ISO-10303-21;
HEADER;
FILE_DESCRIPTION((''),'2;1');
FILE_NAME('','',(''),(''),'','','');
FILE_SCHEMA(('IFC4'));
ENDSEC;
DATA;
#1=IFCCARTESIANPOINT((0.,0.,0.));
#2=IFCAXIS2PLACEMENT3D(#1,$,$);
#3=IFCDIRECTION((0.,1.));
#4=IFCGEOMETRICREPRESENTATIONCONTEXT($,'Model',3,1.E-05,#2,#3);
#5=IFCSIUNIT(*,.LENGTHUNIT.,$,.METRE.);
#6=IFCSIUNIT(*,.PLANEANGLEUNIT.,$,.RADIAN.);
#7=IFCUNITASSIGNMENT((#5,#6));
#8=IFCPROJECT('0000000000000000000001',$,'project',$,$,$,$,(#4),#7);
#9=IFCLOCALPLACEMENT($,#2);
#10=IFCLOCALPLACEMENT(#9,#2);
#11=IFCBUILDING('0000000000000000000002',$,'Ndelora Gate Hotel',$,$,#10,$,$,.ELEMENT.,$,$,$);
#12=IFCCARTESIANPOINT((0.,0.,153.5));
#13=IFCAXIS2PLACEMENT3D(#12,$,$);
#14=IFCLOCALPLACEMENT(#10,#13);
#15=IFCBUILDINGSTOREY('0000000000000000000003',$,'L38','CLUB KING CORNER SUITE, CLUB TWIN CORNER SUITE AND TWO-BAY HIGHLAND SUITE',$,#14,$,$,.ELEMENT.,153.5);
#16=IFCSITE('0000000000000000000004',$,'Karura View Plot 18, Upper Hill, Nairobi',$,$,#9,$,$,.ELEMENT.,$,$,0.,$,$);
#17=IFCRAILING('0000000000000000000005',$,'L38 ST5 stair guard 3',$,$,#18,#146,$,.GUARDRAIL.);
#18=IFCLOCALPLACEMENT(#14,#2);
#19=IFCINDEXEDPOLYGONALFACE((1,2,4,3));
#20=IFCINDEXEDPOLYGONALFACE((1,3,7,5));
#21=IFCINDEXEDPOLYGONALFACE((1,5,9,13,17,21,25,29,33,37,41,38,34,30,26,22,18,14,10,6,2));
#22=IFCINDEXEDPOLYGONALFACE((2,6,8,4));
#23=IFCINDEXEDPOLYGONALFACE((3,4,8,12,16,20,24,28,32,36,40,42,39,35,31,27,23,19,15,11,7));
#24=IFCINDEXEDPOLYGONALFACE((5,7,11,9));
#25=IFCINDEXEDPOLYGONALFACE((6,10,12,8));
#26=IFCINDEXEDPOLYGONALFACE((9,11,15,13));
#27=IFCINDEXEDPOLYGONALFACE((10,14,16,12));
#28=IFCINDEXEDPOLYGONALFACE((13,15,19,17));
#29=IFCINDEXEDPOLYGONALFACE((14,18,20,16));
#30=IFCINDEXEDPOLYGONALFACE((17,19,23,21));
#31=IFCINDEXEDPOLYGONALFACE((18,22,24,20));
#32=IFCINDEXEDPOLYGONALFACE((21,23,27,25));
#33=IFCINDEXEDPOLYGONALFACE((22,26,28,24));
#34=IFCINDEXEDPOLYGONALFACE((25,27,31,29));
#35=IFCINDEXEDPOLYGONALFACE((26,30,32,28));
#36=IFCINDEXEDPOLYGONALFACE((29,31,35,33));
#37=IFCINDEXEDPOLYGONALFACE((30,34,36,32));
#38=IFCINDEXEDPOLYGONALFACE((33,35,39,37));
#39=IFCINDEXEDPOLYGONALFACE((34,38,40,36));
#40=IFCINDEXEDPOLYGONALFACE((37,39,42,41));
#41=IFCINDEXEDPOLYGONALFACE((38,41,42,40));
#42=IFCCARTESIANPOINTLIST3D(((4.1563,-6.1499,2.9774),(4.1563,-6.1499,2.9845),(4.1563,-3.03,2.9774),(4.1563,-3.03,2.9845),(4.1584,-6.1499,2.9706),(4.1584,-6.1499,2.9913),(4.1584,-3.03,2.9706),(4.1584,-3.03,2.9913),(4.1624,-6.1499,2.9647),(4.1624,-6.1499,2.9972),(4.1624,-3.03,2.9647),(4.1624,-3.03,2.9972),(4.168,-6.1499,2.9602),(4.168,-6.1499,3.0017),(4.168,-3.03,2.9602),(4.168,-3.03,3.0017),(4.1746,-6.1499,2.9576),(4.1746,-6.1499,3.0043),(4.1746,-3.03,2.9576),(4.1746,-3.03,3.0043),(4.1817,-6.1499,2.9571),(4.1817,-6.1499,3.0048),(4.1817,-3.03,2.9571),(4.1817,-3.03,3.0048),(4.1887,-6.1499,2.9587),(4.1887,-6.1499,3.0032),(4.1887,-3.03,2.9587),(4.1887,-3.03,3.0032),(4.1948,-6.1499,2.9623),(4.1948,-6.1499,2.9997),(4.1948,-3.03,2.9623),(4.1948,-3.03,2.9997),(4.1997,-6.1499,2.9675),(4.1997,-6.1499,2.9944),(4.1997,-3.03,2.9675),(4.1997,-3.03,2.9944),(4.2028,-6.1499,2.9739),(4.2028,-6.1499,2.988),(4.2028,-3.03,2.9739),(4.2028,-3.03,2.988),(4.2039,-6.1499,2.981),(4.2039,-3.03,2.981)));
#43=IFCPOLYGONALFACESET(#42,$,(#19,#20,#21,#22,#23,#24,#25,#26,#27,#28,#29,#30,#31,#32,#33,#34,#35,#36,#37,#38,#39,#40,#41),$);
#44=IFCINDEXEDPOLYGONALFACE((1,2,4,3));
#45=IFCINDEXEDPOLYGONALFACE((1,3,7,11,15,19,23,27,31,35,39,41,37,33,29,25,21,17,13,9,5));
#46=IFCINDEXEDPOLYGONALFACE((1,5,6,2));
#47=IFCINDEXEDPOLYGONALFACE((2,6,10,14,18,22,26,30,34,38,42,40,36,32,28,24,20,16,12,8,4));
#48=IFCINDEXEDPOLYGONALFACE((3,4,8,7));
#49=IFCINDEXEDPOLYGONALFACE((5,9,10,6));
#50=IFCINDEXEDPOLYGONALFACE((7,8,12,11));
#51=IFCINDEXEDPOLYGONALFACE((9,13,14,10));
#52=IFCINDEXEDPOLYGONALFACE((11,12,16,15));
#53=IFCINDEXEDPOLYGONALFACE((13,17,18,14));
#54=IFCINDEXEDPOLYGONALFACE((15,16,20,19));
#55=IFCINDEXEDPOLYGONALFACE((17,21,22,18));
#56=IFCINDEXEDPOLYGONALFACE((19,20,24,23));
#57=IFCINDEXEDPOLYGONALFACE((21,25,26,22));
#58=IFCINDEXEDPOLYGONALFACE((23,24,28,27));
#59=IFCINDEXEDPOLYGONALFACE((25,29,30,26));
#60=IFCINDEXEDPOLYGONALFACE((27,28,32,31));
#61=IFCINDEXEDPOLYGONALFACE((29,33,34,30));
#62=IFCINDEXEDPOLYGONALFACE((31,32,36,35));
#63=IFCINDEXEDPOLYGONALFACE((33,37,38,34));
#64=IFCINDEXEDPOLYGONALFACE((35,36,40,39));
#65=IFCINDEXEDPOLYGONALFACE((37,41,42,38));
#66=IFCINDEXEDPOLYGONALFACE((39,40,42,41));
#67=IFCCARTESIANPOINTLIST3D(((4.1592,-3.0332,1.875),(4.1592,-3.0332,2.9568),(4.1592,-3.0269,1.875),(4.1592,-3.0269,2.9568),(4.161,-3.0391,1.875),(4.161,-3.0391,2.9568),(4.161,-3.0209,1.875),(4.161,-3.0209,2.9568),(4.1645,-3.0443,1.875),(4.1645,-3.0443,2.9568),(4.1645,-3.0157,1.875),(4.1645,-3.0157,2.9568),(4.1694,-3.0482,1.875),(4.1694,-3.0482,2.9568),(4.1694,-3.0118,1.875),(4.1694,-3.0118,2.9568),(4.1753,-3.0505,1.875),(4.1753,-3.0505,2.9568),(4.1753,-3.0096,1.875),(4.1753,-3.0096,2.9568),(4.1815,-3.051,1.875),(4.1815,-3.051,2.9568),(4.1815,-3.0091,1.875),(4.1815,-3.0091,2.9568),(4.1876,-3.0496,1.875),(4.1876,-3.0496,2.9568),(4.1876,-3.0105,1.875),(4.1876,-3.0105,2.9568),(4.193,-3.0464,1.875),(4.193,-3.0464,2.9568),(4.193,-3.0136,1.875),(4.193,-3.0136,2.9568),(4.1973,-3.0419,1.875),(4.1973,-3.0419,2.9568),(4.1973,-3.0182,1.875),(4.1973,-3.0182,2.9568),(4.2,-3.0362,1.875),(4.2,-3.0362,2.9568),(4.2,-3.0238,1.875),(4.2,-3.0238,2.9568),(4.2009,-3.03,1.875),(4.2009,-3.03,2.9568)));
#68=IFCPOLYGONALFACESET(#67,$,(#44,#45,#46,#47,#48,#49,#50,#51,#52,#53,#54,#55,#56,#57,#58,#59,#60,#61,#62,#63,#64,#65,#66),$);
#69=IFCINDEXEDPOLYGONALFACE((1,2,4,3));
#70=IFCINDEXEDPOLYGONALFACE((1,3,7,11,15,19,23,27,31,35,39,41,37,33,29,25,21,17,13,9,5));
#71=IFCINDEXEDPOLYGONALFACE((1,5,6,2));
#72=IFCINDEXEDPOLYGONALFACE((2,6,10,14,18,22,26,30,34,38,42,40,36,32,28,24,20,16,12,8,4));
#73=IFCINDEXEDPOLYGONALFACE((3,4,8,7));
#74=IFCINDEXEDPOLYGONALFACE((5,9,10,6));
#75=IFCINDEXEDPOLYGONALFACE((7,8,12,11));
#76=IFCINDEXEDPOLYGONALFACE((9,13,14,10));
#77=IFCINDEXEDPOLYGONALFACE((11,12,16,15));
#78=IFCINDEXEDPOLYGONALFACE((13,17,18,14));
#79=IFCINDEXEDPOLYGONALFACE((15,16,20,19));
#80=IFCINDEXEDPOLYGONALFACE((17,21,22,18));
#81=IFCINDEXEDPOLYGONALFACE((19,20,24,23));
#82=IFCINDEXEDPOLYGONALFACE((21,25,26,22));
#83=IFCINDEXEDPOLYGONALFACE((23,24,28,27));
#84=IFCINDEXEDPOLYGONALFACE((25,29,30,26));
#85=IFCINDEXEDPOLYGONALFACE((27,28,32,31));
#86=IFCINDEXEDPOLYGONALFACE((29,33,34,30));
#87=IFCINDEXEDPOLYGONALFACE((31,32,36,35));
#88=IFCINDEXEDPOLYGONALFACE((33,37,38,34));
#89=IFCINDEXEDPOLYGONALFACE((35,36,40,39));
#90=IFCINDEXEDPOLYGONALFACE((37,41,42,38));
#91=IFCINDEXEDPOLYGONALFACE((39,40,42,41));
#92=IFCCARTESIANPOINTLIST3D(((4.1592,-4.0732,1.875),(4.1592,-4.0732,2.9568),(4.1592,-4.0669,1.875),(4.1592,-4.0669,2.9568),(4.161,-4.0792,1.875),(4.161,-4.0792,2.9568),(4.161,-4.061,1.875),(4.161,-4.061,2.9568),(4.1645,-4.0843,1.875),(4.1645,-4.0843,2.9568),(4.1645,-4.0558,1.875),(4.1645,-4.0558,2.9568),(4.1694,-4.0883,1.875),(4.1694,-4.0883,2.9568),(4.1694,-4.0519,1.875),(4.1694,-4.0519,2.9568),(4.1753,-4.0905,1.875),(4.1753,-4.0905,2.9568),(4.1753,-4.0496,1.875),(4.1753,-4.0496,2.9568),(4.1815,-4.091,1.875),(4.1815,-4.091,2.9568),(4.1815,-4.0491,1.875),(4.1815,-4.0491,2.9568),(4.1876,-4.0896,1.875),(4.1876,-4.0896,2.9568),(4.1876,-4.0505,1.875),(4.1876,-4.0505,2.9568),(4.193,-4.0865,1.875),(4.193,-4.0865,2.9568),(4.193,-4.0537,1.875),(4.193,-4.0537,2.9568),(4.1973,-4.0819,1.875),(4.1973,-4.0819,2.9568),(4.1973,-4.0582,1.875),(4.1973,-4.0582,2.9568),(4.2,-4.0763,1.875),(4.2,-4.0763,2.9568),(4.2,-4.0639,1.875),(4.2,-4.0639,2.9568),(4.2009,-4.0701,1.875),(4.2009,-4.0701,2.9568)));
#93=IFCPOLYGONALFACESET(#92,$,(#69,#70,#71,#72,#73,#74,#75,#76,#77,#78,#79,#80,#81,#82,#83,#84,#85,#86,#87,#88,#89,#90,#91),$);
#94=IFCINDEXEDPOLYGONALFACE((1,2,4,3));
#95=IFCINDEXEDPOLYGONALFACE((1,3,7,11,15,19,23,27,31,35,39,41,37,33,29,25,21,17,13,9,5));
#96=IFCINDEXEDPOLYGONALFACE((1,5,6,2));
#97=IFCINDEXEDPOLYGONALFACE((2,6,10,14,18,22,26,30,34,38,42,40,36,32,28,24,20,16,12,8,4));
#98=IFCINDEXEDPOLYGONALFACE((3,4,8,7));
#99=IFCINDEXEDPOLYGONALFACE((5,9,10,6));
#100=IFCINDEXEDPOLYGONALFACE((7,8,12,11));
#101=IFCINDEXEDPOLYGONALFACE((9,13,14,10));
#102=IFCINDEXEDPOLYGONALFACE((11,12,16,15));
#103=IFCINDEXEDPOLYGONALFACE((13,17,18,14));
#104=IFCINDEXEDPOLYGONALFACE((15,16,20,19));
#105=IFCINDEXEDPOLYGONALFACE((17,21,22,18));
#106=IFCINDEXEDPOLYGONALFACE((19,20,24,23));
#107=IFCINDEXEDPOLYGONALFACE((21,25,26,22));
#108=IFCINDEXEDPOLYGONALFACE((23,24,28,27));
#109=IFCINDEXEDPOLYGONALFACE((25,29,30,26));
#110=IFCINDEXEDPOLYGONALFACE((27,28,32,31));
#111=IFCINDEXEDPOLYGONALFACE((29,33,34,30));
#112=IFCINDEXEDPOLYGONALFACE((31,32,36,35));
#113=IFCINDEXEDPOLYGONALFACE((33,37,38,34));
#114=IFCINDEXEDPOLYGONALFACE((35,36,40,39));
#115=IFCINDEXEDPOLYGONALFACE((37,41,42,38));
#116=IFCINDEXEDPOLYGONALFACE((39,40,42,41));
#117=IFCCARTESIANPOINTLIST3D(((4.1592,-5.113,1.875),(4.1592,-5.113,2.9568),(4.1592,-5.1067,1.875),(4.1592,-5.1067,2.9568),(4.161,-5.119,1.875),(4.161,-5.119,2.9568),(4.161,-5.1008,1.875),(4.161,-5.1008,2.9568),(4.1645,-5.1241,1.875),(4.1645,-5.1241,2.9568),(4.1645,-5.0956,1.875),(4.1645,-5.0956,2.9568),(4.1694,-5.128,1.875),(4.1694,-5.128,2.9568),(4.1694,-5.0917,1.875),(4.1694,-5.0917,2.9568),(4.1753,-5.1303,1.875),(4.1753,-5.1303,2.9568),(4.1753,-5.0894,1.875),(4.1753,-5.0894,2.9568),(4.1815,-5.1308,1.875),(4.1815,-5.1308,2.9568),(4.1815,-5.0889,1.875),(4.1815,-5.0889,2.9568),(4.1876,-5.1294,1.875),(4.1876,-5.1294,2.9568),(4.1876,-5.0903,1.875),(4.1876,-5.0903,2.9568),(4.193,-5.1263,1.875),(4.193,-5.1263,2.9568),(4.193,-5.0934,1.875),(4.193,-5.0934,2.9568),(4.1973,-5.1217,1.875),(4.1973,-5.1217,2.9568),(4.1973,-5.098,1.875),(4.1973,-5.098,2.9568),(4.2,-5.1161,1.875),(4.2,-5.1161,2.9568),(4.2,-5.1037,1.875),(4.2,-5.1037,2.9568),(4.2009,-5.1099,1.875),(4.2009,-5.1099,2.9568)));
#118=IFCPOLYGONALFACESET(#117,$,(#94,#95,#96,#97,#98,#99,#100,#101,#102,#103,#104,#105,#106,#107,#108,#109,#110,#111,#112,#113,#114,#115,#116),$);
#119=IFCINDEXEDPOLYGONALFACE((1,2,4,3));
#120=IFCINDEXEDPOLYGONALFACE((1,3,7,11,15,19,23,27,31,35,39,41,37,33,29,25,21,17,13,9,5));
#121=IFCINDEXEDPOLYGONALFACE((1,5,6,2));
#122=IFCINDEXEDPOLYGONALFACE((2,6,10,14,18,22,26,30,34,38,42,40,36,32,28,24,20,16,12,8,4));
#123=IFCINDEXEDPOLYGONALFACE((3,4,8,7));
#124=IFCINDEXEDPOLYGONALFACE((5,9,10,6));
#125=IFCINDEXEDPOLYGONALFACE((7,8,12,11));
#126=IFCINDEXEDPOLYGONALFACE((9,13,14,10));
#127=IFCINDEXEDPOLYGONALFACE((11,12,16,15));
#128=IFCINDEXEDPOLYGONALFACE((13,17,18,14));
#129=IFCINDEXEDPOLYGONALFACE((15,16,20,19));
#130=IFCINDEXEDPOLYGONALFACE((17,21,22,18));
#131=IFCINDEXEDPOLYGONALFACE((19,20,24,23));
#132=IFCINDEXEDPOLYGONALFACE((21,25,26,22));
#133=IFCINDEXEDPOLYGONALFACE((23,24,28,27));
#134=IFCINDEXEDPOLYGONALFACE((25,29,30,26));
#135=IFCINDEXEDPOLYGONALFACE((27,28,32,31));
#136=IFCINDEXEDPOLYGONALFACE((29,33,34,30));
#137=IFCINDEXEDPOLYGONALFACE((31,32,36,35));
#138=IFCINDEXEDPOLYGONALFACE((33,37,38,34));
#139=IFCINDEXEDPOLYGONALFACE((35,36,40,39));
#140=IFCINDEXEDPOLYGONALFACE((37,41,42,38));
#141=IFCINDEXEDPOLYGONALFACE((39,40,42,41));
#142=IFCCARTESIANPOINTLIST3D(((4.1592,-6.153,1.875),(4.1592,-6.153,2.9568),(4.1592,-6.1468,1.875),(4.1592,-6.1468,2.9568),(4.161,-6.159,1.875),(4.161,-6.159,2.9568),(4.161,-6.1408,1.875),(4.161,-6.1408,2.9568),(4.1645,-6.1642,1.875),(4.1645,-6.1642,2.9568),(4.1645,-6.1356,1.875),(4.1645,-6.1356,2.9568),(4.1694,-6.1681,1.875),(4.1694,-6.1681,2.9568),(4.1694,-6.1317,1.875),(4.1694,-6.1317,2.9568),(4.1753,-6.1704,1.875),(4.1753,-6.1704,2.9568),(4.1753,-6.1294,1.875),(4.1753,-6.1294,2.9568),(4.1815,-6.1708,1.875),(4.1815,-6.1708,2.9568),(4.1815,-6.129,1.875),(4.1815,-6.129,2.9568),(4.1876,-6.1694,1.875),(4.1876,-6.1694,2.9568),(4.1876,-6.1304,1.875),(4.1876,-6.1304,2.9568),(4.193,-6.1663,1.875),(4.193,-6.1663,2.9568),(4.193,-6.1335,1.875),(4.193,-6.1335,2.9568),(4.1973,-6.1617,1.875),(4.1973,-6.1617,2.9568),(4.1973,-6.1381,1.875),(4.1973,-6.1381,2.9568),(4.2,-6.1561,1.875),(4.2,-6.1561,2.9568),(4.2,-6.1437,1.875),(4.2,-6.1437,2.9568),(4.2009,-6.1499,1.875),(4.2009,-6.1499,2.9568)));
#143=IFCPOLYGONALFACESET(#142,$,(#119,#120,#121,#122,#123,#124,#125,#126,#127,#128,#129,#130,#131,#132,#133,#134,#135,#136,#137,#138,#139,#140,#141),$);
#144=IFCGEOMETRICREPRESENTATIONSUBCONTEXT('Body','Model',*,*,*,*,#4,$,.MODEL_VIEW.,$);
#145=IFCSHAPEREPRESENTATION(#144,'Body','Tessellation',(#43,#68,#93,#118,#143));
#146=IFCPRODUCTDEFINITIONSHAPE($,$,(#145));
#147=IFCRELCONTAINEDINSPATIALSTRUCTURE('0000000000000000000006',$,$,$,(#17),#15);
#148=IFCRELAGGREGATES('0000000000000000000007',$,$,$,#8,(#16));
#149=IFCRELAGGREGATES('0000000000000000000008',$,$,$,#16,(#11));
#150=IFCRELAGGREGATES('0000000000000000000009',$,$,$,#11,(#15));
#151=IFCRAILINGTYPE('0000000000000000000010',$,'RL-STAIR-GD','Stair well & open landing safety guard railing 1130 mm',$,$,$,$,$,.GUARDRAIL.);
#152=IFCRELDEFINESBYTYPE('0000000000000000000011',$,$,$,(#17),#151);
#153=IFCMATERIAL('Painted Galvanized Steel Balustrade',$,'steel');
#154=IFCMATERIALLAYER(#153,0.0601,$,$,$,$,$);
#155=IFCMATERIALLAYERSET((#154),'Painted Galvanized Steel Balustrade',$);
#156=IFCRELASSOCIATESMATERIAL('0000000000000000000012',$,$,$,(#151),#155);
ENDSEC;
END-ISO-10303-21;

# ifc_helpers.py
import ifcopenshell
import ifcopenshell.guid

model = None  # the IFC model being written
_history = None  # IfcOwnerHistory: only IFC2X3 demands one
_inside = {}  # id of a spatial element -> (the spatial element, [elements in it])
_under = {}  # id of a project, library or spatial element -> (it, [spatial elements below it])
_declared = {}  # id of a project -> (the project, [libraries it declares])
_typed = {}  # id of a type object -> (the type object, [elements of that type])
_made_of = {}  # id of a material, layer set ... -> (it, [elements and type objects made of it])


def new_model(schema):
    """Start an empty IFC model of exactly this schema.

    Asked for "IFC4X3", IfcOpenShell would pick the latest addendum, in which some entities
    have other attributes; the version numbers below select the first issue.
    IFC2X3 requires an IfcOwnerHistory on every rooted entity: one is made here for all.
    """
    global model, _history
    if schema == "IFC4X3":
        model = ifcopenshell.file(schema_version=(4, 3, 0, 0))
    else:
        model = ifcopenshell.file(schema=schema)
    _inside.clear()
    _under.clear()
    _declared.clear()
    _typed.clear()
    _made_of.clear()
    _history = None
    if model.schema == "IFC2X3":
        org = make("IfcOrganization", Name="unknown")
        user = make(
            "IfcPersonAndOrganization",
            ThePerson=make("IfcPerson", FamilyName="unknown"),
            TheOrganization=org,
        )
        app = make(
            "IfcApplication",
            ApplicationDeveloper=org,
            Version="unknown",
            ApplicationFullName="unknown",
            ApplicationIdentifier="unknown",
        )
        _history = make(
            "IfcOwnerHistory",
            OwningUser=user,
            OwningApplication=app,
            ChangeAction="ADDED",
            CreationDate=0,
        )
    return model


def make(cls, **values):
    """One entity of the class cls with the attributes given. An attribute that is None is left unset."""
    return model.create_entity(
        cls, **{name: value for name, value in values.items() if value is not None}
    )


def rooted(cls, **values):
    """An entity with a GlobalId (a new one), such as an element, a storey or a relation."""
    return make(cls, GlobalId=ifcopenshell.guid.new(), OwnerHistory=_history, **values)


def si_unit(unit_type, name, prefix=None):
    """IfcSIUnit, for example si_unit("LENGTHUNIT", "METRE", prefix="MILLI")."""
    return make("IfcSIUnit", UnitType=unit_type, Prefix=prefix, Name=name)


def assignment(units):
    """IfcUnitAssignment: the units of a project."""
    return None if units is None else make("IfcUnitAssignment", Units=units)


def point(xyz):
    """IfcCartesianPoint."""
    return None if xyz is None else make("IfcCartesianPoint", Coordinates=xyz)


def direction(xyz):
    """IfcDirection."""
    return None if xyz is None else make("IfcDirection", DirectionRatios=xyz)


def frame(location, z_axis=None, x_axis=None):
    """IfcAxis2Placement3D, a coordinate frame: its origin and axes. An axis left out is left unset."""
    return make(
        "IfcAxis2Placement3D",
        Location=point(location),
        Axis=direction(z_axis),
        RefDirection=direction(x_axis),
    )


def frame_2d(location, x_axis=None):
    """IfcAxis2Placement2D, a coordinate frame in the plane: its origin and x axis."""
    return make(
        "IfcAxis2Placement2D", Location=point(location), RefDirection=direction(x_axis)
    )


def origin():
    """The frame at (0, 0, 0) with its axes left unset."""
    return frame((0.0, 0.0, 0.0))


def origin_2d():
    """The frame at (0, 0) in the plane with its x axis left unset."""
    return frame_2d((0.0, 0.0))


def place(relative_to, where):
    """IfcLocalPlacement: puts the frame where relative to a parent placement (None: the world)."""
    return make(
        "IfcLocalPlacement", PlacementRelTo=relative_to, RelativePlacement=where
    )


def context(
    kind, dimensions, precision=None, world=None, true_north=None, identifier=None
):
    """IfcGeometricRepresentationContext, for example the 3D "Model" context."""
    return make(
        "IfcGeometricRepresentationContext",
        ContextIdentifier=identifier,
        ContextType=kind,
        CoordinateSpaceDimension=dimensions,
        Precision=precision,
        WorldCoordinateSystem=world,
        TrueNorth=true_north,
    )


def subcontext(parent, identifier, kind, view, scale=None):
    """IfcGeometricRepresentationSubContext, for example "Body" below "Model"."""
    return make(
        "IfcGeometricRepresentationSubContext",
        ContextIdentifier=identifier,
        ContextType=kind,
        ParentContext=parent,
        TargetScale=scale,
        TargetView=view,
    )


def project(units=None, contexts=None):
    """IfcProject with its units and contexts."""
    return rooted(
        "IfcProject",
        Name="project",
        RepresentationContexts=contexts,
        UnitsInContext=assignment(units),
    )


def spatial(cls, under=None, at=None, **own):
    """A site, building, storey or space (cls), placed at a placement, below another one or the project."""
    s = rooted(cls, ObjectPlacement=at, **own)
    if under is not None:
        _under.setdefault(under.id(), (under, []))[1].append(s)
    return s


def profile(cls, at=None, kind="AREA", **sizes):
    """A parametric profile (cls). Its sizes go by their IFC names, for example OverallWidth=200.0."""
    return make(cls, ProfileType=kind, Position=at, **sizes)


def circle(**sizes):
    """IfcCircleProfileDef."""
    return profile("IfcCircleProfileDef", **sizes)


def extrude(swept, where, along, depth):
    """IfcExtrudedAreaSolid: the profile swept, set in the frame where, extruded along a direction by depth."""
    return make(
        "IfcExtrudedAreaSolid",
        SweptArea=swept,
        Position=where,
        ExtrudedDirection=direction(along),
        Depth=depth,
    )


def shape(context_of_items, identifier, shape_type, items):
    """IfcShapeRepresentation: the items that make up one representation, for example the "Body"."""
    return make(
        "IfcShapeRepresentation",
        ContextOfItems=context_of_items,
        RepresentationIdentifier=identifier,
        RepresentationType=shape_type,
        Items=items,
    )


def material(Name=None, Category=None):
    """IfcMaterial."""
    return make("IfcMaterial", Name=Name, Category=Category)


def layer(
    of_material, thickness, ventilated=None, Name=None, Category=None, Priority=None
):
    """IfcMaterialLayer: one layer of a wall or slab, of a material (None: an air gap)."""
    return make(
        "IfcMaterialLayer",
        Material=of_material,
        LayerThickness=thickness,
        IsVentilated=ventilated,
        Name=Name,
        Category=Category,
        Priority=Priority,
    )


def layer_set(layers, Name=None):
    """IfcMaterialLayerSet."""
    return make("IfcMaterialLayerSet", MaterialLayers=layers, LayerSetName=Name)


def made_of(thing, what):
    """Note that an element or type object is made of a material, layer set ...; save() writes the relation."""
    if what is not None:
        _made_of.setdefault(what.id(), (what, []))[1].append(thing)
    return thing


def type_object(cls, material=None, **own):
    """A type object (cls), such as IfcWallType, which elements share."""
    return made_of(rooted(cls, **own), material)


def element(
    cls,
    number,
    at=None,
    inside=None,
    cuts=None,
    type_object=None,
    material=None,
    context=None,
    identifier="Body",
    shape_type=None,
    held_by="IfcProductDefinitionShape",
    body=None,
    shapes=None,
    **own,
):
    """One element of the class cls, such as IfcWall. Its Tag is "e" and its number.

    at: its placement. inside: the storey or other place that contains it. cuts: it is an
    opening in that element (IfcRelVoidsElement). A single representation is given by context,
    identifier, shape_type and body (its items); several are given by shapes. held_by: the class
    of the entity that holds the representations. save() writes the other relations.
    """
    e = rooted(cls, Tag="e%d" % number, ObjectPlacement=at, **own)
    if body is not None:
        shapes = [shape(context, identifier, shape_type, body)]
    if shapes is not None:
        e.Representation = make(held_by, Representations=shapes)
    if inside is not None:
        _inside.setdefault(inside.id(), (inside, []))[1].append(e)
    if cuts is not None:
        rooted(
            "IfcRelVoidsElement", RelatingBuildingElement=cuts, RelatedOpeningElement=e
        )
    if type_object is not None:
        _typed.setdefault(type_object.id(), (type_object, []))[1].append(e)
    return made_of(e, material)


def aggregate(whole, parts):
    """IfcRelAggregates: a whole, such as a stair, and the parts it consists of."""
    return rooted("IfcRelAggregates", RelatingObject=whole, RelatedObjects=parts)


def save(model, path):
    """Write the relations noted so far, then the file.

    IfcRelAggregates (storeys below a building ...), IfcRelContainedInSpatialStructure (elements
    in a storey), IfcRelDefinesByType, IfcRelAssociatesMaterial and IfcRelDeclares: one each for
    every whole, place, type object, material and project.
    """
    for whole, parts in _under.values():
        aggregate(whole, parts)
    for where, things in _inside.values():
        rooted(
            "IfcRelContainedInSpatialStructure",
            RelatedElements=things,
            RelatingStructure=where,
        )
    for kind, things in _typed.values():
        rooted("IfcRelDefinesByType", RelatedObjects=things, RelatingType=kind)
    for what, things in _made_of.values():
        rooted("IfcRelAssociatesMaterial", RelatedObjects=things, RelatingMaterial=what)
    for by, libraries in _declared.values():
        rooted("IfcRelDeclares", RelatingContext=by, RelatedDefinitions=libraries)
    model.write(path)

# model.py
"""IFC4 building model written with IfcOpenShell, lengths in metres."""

from ifc_helpers import new_model, si_unit, direction, frame, origin, origin_2d, place, context, subcontext, project, spatial, circle, extrude, material, layer, layer_set, type_object, element, save


model = new_model("IFC4")

# Units and contexts
model_context = context("Model", 3, precision=1e-05, world=origin(), true_north=direction((0.0, 1.0)))
body_context = subcontext(model_context, "Body", "Model", "MODEL_VIEW")
ifc_project = project(units=[si_unit("LENGTHUNIT", "METRE"), si_unit("PLANEANGLEUNIT", "RADIAN")], contexts=[model_context])

# Site, building, storey
site_placement = place(None, origin())
site = spatial("IfcSite", under=ifc_project, at=site_placement, Name="Karura View Plot 18, Upper Hill, Nairobi", CompositionType="ELEMENT", RefElevation=0.0)
building_placement = place(site_placement, origin())
building = spatial("IfcBuilding", under=site, at=building_placement, Name="Ndelora Gate Hotel", CompositionType="ELEMENT")
storey_placement = place(building_placement, frame((0.0, 0.0, 153.5)))
storey = spatial("IfcBuildingStorey", under=building, at=storey_placement, Name="L38", Description="CLUB KING CORNER SUITE, CLUB TWIN CORNER SUITE AND TWO-BAY HIGHLAND SUITE", CompositionType="ELEMENT", Elevation=153.5)

# Railing
ifc_material_1 = material(Name="Painted Galvanized Steel Balustrade", Category="steel")
ifc_layer_1 = layer(ifc_material_1, 0.0601)
ifc_layer_set_1 = layer_set([ifc_layer_1], Name="Painted Galvanized Steel Balustrade")
railing_type_1 = type_object("IfcRailingType", Name="RL-STAIR-GD", Description="Stair well & open landing safety guard railing 1130 mm", PredefinedType="GUARDRAIL", material=ifc_layer_set_1)
railing_1_placement = place(storey_placement, frame((4.1799, -3.03, 1.875)))
element("IfcRailing", 1, at=railing_1_placement, inside=storey, type_object=railing_type_1, Name="L38 ST5 stair guard 3", PredefinedType="GUARDRAIL", context=body_context, shape_type="SweptSolid", body=[
    extrude(circle(Radius=0.0239, at=origin_2d()), frame((0.0, 0.0, 1.106), z_axis=(0.0, -1.0, 0.0), x_axis=(1.0, 0.0, 0.0)), (0.0, 0.0, 1.0), 3.1199),
    extrude(circle(Radius=0.021, at=origin_2d()), origin(), (0.0, 0.0, 1.0), 1.0818),
    extrude(circle(Radius=0.021, at=origin_2d()), frame((0.0, -1.04, 0.0)), (0.0, 0.0, 1.0), 1.0818),
    extrude(circle(Radius=0.021, at=origin_2d()), frame((0.0, -2.0798, 0.0)), (0.0, 0.0, 1.0), 1.0818),
    extrude(circle(Radius=0.021, at=origin_2d()), frame((0.0, -3.1199, 0.0)), (0.0, 0.0, 1.0), 1.0818),
])

save(model, "model.ifc")
